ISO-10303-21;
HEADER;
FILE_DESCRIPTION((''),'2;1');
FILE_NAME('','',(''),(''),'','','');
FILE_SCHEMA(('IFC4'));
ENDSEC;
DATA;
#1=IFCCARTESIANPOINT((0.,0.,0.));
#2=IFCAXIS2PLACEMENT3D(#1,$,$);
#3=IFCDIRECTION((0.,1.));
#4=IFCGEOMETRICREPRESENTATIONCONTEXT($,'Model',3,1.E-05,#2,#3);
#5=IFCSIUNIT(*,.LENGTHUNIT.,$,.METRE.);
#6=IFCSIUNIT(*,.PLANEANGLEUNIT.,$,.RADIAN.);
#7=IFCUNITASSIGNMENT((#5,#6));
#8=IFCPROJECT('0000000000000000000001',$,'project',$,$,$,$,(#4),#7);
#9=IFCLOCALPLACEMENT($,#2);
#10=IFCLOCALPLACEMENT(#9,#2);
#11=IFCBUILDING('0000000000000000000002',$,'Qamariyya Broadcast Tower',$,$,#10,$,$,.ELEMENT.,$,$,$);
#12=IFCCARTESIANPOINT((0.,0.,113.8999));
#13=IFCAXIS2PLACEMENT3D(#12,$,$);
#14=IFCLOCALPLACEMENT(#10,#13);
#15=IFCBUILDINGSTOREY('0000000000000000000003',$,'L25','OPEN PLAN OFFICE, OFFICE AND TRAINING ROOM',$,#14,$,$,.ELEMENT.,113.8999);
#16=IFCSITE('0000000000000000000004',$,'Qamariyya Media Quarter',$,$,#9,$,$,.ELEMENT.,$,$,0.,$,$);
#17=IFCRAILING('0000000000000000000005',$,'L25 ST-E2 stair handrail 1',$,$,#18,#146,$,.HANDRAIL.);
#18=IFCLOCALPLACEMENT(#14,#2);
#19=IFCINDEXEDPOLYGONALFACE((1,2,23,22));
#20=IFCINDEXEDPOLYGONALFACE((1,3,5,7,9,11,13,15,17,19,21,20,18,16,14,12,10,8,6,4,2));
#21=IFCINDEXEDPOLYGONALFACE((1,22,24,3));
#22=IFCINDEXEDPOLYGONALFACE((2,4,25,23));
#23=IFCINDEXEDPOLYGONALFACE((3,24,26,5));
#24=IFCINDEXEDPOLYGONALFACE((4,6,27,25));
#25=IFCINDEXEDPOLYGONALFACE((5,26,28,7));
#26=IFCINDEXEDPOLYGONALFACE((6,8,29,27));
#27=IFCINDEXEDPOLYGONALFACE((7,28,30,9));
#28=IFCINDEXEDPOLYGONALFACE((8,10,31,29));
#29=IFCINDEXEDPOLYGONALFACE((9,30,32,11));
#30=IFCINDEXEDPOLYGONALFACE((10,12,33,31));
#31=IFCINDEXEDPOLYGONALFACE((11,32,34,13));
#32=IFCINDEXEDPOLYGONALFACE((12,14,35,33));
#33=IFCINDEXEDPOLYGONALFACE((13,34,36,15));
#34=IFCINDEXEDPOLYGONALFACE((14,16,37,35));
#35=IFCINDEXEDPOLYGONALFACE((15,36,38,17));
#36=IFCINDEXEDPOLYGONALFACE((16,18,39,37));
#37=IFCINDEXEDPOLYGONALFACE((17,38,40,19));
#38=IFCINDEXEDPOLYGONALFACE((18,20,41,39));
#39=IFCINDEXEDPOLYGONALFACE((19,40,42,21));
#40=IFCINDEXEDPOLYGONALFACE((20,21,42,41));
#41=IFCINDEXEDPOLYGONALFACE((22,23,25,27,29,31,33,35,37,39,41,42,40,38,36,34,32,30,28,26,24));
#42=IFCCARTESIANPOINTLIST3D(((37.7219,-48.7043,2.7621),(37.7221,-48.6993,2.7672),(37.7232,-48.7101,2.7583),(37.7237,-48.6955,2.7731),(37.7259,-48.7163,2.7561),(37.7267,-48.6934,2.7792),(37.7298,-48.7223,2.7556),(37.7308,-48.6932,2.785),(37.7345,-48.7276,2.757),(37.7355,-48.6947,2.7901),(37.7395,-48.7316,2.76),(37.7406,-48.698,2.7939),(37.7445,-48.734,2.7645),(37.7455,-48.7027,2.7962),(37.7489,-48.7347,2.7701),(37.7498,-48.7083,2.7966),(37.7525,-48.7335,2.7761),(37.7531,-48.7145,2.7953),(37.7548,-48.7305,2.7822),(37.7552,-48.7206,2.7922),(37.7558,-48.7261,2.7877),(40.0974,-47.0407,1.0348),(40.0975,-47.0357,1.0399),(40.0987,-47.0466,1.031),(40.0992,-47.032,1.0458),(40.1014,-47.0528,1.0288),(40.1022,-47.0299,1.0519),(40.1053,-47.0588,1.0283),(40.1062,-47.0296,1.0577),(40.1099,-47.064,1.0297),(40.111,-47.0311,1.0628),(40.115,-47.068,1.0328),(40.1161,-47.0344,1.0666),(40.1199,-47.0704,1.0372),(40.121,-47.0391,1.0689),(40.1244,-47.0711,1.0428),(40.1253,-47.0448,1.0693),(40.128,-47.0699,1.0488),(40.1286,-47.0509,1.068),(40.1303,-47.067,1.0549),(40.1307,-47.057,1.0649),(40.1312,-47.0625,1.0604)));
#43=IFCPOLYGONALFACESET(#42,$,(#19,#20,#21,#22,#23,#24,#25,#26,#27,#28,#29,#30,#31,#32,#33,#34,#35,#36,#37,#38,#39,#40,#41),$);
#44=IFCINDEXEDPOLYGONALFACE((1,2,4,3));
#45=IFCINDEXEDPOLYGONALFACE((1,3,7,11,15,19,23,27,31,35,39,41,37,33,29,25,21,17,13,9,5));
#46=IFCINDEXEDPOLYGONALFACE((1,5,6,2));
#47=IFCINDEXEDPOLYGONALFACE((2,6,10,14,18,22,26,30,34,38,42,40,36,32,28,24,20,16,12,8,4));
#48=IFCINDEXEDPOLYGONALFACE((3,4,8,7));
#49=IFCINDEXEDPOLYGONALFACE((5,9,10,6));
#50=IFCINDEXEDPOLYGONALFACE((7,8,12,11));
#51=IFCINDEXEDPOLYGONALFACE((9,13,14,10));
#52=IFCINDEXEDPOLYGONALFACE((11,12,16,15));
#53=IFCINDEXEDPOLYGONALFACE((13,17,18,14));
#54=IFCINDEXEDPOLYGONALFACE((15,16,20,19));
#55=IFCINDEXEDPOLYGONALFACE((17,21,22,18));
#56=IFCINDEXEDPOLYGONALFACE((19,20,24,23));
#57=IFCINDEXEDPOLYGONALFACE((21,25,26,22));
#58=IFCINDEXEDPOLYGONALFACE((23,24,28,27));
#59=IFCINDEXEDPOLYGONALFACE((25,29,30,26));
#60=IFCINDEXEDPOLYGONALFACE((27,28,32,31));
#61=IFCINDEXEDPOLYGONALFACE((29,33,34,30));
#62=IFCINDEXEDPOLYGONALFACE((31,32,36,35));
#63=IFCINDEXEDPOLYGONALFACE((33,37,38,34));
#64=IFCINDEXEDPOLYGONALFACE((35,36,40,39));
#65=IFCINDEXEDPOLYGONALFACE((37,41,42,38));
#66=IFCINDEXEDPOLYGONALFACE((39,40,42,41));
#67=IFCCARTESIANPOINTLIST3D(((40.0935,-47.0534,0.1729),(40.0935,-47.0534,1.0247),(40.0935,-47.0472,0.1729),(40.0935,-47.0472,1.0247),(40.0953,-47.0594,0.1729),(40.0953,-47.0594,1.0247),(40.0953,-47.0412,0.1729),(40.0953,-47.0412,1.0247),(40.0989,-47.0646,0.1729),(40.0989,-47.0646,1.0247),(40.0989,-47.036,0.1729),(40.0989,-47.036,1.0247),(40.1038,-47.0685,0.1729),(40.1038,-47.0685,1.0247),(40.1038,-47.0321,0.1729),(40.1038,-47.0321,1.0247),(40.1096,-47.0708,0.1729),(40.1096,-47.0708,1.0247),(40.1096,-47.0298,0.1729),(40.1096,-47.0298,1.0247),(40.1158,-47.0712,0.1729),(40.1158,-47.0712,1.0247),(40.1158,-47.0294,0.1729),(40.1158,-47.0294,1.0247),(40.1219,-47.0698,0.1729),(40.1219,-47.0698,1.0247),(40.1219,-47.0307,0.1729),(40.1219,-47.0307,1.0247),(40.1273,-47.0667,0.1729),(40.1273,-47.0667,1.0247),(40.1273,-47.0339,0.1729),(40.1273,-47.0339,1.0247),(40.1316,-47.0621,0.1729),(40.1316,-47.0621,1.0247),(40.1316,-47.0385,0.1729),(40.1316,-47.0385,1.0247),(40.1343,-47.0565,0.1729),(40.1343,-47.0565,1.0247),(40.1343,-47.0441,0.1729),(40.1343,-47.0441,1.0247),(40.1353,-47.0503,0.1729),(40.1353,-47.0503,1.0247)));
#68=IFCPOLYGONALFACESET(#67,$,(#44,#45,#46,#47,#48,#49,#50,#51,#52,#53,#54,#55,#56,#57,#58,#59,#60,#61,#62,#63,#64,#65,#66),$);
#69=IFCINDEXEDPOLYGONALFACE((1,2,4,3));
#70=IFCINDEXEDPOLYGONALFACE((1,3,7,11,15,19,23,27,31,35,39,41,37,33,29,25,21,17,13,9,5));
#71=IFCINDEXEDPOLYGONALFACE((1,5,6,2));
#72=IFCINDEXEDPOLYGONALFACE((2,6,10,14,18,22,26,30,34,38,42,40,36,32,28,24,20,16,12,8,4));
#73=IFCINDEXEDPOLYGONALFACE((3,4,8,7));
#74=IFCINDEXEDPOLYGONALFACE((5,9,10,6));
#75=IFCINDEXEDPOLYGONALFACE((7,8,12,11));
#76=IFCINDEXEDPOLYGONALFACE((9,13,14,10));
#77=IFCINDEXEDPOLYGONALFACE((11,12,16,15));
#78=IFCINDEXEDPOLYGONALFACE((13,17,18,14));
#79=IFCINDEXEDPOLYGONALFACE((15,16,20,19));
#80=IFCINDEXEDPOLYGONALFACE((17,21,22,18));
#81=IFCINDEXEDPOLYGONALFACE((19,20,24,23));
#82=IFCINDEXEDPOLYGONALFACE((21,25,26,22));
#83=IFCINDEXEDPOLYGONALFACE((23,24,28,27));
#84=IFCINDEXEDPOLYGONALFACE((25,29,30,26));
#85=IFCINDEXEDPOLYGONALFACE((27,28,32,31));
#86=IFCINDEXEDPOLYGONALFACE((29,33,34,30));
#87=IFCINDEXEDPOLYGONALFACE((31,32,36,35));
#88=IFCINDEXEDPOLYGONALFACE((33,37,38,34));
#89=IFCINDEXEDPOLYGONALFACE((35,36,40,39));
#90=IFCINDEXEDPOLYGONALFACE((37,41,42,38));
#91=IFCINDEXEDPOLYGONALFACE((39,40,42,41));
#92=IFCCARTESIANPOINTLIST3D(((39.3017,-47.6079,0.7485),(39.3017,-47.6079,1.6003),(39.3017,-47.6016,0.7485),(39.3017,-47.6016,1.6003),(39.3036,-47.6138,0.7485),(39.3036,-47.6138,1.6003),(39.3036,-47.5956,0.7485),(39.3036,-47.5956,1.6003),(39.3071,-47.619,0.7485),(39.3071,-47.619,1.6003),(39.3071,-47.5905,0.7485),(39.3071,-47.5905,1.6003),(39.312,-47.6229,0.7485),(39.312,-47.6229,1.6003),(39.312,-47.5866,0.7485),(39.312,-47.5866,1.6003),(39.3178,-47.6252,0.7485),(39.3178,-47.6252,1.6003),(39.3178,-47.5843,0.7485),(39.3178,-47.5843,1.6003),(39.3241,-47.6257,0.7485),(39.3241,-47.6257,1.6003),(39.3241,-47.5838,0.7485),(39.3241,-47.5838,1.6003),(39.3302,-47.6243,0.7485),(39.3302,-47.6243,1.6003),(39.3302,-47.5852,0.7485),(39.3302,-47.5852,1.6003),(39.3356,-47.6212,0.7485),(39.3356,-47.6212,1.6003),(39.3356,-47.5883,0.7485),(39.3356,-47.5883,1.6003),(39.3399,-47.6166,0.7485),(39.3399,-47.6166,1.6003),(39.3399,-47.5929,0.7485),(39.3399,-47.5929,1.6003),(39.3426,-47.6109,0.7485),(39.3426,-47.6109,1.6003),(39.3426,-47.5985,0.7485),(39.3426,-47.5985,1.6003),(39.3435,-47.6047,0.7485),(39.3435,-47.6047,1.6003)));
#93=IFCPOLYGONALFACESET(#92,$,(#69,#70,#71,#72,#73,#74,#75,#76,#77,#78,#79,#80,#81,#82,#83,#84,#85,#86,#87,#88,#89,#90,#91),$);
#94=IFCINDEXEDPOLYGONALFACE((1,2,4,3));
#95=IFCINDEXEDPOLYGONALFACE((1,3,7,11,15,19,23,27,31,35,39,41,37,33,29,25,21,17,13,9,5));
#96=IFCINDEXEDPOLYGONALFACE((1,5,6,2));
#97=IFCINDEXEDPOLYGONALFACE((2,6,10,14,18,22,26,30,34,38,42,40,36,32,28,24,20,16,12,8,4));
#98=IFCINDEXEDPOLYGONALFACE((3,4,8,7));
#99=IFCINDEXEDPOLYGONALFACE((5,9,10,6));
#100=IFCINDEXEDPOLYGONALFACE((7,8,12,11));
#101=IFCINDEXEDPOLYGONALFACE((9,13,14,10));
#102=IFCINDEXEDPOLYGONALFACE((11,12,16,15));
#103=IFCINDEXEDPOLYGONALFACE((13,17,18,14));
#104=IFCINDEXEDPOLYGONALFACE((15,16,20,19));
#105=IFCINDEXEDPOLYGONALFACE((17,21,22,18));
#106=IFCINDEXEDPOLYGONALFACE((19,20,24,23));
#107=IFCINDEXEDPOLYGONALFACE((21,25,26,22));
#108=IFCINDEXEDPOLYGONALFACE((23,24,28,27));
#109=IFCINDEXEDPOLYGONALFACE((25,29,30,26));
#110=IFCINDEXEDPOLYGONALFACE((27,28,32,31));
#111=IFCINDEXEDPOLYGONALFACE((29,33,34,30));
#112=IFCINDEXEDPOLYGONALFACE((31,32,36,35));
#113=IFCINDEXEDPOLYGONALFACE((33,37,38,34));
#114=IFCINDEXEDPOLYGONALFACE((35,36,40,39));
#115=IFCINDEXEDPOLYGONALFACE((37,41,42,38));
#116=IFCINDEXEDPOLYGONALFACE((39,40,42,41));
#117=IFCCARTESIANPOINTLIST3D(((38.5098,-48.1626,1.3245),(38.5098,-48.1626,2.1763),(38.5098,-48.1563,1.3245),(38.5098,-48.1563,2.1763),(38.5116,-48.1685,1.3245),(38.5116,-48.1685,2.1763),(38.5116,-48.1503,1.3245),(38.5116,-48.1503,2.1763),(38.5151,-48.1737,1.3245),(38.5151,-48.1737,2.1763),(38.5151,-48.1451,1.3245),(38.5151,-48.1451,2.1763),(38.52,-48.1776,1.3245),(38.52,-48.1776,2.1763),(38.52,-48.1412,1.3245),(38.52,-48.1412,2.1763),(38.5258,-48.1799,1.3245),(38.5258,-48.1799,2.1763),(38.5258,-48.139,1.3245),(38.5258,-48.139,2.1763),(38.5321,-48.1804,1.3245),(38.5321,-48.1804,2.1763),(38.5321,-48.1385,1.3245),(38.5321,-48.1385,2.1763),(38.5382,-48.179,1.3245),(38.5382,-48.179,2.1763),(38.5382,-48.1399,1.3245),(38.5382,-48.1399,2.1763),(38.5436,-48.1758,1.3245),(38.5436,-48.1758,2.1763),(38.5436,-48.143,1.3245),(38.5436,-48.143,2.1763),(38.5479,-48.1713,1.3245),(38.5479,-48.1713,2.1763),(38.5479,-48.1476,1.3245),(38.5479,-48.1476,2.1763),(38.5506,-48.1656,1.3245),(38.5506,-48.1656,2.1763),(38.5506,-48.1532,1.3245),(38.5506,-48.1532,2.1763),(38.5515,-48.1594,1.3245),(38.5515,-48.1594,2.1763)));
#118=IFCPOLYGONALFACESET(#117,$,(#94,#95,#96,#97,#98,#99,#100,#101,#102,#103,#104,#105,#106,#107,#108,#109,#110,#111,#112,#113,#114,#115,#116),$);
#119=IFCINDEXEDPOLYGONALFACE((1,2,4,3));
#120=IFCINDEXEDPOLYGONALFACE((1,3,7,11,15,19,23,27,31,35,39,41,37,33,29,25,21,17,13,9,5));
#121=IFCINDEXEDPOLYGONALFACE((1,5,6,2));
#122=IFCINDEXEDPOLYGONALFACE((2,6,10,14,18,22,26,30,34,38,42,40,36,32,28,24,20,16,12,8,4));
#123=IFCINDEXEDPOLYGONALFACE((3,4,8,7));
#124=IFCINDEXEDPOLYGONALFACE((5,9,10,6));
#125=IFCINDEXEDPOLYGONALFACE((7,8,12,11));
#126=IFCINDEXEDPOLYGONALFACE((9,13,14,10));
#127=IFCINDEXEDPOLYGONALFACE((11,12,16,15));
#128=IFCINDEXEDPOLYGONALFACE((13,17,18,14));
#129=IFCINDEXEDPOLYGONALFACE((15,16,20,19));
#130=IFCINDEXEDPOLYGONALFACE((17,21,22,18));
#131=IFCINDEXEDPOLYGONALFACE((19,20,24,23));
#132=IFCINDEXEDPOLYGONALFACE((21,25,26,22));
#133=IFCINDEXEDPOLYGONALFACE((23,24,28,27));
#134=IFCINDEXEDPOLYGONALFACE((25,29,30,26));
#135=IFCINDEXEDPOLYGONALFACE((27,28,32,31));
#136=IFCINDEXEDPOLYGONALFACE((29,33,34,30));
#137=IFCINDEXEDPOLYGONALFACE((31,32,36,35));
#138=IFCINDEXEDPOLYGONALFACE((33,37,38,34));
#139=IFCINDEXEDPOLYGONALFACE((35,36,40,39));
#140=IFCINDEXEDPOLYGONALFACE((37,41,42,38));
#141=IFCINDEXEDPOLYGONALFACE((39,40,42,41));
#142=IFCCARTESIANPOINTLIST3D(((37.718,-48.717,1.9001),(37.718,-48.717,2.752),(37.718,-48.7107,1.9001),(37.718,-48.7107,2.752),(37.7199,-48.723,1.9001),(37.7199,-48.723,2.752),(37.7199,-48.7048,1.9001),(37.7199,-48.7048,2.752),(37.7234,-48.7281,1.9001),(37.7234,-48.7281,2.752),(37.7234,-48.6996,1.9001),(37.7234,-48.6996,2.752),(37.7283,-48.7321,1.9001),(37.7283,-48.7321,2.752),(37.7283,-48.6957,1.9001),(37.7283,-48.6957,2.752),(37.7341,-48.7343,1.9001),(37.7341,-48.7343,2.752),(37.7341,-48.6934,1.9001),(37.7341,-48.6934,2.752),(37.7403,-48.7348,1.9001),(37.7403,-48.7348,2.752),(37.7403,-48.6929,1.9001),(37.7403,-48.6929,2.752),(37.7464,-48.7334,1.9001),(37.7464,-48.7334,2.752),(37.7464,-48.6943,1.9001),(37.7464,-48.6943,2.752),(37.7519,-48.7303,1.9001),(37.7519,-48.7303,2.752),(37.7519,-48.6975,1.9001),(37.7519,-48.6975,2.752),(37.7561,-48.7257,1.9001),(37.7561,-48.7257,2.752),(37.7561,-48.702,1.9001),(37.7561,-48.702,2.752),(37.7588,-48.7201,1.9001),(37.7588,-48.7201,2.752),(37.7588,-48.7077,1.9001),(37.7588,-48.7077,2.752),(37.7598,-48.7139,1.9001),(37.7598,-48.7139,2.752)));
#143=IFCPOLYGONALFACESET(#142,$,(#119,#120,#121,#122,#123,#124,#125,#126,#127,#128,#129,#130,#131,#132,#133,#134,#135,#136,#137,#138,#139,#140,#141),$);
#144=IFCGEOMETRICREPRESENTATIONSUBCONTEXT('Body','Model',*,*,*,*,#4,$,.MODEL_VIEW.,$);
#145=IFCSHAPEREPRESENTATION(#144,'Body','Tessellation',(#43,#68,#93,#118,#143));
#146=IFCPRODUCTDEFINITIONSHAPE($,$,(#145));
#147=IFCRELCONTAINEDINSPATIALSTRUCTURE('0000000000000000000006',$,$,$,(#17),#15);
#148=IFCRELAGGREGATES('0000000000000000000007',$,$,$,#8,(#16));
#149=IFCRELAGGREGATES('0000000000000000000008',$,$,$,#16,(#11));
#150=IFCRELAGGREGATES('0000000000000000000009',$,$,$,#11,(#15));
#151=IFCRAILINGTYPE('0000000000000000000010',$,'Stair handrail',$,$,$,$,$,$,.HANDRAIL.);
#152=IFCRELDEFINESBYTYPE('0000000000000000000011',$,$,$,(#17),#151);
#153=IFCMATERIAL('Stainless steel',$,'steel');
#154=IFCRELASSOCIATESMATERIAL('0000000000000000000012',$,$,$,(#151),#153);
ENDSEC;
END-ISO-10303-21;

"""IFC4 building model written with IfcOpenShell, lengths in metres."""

from ifc_helpers import new_model, si_unit, direction, frame, origin, origin_2d, place, context, subcontext, project, spatial, circle, extrude, material, type_object, element, save


model = new_model("IFC4")

# Units and contexts
model_context = context("Model", 3, precision=1e-05, world=origin(), true_north=direction((0.0, 1.0)))
body_context = subcontext(model_context, "Body", "Model", "MODEL_VIEW")
ifc_project = project(units=[si_unit("LENGTHUNIT", "METRE"), si_unit("PLANEANGLEUNIT", "RADIAN")], contexts=[model_context])

# Site, building, storey
site_placement = place(None, origin())
site = spatial("IfcSite", under=ifc_project, at=site_placement, Name="Qamariyya Media Quarter", CompositionType="ELEMENT", RefElevation=0.0)
building_placement = place(site_placement, origin())
building = spatial("IfcBuilding", under=site, at=building_placement, Name="Qamariyya Broadcast Tower", CompositionType="ELEMENT")
storey_placement = place(building_placement, frame((0.0, 0.0, 113.8999)))
storey = spatial("IfcBuildingStorey", under=building, at=storey_placement, Name="L25", Description="OPEN PLAN OFFICE, OFFICE AND TRAINING ROOM", CompositionType="ELEMENT", Elevation=113.8999)

# Railing
ifc_material_1 = material(Name="Stainless steel", Category="steel")
railing_type_1 = type_object("IfcRailingType", Name="Stair handrail", PredefinedType="HANDRAIL", material=ifc_material_1)
railing_1_placement = place(storey_placement, frame((40.1143, -47.0503, 0.1729)))
element("IfcRailing", 1, at=railing_1_placement, inside=storey, type_object=railing_type_1, Name="L25 ST-E2 stair handrail 1", PredefinedType="HANDRAIL", context=body_context, shape_type="SweptSolid", body=[
    extrude(circle(Radius=0.0239, at=origin_2d()), frame((0.0, 0.0, 0.876), z_axis=(-0.703745, -0.492838, 0.511716), x_axis=(0.573632, -0.819113, 0.0)), (0.0, 0.0, 1.0), 3.3755),
    extrude(circle(Radius=0.021, at=origin_2d()), origin(), (0.0, 0.0, 1.0), 0.8518),
    extrude(circle(Radius=0.021, at=origin_2d()), frame((-0.7917, -0.5544, 0.5757)), (0.0, 0.0, 1.0), 0.8518),
    extrude(circle(Radius=0.021, at=origin_2d()), frame((-1.5837, -1.1091, 1.1516)), (0.0, 0.0, 1.0), 0.8518),
    extrude(circle(Radius=0.021, at=origin_2d()), frame((-2.3755, -1.6636, 1.7273)), (0.0, 0.0, 1.0), 0.8518),
])

save(model, "model.ifc")
